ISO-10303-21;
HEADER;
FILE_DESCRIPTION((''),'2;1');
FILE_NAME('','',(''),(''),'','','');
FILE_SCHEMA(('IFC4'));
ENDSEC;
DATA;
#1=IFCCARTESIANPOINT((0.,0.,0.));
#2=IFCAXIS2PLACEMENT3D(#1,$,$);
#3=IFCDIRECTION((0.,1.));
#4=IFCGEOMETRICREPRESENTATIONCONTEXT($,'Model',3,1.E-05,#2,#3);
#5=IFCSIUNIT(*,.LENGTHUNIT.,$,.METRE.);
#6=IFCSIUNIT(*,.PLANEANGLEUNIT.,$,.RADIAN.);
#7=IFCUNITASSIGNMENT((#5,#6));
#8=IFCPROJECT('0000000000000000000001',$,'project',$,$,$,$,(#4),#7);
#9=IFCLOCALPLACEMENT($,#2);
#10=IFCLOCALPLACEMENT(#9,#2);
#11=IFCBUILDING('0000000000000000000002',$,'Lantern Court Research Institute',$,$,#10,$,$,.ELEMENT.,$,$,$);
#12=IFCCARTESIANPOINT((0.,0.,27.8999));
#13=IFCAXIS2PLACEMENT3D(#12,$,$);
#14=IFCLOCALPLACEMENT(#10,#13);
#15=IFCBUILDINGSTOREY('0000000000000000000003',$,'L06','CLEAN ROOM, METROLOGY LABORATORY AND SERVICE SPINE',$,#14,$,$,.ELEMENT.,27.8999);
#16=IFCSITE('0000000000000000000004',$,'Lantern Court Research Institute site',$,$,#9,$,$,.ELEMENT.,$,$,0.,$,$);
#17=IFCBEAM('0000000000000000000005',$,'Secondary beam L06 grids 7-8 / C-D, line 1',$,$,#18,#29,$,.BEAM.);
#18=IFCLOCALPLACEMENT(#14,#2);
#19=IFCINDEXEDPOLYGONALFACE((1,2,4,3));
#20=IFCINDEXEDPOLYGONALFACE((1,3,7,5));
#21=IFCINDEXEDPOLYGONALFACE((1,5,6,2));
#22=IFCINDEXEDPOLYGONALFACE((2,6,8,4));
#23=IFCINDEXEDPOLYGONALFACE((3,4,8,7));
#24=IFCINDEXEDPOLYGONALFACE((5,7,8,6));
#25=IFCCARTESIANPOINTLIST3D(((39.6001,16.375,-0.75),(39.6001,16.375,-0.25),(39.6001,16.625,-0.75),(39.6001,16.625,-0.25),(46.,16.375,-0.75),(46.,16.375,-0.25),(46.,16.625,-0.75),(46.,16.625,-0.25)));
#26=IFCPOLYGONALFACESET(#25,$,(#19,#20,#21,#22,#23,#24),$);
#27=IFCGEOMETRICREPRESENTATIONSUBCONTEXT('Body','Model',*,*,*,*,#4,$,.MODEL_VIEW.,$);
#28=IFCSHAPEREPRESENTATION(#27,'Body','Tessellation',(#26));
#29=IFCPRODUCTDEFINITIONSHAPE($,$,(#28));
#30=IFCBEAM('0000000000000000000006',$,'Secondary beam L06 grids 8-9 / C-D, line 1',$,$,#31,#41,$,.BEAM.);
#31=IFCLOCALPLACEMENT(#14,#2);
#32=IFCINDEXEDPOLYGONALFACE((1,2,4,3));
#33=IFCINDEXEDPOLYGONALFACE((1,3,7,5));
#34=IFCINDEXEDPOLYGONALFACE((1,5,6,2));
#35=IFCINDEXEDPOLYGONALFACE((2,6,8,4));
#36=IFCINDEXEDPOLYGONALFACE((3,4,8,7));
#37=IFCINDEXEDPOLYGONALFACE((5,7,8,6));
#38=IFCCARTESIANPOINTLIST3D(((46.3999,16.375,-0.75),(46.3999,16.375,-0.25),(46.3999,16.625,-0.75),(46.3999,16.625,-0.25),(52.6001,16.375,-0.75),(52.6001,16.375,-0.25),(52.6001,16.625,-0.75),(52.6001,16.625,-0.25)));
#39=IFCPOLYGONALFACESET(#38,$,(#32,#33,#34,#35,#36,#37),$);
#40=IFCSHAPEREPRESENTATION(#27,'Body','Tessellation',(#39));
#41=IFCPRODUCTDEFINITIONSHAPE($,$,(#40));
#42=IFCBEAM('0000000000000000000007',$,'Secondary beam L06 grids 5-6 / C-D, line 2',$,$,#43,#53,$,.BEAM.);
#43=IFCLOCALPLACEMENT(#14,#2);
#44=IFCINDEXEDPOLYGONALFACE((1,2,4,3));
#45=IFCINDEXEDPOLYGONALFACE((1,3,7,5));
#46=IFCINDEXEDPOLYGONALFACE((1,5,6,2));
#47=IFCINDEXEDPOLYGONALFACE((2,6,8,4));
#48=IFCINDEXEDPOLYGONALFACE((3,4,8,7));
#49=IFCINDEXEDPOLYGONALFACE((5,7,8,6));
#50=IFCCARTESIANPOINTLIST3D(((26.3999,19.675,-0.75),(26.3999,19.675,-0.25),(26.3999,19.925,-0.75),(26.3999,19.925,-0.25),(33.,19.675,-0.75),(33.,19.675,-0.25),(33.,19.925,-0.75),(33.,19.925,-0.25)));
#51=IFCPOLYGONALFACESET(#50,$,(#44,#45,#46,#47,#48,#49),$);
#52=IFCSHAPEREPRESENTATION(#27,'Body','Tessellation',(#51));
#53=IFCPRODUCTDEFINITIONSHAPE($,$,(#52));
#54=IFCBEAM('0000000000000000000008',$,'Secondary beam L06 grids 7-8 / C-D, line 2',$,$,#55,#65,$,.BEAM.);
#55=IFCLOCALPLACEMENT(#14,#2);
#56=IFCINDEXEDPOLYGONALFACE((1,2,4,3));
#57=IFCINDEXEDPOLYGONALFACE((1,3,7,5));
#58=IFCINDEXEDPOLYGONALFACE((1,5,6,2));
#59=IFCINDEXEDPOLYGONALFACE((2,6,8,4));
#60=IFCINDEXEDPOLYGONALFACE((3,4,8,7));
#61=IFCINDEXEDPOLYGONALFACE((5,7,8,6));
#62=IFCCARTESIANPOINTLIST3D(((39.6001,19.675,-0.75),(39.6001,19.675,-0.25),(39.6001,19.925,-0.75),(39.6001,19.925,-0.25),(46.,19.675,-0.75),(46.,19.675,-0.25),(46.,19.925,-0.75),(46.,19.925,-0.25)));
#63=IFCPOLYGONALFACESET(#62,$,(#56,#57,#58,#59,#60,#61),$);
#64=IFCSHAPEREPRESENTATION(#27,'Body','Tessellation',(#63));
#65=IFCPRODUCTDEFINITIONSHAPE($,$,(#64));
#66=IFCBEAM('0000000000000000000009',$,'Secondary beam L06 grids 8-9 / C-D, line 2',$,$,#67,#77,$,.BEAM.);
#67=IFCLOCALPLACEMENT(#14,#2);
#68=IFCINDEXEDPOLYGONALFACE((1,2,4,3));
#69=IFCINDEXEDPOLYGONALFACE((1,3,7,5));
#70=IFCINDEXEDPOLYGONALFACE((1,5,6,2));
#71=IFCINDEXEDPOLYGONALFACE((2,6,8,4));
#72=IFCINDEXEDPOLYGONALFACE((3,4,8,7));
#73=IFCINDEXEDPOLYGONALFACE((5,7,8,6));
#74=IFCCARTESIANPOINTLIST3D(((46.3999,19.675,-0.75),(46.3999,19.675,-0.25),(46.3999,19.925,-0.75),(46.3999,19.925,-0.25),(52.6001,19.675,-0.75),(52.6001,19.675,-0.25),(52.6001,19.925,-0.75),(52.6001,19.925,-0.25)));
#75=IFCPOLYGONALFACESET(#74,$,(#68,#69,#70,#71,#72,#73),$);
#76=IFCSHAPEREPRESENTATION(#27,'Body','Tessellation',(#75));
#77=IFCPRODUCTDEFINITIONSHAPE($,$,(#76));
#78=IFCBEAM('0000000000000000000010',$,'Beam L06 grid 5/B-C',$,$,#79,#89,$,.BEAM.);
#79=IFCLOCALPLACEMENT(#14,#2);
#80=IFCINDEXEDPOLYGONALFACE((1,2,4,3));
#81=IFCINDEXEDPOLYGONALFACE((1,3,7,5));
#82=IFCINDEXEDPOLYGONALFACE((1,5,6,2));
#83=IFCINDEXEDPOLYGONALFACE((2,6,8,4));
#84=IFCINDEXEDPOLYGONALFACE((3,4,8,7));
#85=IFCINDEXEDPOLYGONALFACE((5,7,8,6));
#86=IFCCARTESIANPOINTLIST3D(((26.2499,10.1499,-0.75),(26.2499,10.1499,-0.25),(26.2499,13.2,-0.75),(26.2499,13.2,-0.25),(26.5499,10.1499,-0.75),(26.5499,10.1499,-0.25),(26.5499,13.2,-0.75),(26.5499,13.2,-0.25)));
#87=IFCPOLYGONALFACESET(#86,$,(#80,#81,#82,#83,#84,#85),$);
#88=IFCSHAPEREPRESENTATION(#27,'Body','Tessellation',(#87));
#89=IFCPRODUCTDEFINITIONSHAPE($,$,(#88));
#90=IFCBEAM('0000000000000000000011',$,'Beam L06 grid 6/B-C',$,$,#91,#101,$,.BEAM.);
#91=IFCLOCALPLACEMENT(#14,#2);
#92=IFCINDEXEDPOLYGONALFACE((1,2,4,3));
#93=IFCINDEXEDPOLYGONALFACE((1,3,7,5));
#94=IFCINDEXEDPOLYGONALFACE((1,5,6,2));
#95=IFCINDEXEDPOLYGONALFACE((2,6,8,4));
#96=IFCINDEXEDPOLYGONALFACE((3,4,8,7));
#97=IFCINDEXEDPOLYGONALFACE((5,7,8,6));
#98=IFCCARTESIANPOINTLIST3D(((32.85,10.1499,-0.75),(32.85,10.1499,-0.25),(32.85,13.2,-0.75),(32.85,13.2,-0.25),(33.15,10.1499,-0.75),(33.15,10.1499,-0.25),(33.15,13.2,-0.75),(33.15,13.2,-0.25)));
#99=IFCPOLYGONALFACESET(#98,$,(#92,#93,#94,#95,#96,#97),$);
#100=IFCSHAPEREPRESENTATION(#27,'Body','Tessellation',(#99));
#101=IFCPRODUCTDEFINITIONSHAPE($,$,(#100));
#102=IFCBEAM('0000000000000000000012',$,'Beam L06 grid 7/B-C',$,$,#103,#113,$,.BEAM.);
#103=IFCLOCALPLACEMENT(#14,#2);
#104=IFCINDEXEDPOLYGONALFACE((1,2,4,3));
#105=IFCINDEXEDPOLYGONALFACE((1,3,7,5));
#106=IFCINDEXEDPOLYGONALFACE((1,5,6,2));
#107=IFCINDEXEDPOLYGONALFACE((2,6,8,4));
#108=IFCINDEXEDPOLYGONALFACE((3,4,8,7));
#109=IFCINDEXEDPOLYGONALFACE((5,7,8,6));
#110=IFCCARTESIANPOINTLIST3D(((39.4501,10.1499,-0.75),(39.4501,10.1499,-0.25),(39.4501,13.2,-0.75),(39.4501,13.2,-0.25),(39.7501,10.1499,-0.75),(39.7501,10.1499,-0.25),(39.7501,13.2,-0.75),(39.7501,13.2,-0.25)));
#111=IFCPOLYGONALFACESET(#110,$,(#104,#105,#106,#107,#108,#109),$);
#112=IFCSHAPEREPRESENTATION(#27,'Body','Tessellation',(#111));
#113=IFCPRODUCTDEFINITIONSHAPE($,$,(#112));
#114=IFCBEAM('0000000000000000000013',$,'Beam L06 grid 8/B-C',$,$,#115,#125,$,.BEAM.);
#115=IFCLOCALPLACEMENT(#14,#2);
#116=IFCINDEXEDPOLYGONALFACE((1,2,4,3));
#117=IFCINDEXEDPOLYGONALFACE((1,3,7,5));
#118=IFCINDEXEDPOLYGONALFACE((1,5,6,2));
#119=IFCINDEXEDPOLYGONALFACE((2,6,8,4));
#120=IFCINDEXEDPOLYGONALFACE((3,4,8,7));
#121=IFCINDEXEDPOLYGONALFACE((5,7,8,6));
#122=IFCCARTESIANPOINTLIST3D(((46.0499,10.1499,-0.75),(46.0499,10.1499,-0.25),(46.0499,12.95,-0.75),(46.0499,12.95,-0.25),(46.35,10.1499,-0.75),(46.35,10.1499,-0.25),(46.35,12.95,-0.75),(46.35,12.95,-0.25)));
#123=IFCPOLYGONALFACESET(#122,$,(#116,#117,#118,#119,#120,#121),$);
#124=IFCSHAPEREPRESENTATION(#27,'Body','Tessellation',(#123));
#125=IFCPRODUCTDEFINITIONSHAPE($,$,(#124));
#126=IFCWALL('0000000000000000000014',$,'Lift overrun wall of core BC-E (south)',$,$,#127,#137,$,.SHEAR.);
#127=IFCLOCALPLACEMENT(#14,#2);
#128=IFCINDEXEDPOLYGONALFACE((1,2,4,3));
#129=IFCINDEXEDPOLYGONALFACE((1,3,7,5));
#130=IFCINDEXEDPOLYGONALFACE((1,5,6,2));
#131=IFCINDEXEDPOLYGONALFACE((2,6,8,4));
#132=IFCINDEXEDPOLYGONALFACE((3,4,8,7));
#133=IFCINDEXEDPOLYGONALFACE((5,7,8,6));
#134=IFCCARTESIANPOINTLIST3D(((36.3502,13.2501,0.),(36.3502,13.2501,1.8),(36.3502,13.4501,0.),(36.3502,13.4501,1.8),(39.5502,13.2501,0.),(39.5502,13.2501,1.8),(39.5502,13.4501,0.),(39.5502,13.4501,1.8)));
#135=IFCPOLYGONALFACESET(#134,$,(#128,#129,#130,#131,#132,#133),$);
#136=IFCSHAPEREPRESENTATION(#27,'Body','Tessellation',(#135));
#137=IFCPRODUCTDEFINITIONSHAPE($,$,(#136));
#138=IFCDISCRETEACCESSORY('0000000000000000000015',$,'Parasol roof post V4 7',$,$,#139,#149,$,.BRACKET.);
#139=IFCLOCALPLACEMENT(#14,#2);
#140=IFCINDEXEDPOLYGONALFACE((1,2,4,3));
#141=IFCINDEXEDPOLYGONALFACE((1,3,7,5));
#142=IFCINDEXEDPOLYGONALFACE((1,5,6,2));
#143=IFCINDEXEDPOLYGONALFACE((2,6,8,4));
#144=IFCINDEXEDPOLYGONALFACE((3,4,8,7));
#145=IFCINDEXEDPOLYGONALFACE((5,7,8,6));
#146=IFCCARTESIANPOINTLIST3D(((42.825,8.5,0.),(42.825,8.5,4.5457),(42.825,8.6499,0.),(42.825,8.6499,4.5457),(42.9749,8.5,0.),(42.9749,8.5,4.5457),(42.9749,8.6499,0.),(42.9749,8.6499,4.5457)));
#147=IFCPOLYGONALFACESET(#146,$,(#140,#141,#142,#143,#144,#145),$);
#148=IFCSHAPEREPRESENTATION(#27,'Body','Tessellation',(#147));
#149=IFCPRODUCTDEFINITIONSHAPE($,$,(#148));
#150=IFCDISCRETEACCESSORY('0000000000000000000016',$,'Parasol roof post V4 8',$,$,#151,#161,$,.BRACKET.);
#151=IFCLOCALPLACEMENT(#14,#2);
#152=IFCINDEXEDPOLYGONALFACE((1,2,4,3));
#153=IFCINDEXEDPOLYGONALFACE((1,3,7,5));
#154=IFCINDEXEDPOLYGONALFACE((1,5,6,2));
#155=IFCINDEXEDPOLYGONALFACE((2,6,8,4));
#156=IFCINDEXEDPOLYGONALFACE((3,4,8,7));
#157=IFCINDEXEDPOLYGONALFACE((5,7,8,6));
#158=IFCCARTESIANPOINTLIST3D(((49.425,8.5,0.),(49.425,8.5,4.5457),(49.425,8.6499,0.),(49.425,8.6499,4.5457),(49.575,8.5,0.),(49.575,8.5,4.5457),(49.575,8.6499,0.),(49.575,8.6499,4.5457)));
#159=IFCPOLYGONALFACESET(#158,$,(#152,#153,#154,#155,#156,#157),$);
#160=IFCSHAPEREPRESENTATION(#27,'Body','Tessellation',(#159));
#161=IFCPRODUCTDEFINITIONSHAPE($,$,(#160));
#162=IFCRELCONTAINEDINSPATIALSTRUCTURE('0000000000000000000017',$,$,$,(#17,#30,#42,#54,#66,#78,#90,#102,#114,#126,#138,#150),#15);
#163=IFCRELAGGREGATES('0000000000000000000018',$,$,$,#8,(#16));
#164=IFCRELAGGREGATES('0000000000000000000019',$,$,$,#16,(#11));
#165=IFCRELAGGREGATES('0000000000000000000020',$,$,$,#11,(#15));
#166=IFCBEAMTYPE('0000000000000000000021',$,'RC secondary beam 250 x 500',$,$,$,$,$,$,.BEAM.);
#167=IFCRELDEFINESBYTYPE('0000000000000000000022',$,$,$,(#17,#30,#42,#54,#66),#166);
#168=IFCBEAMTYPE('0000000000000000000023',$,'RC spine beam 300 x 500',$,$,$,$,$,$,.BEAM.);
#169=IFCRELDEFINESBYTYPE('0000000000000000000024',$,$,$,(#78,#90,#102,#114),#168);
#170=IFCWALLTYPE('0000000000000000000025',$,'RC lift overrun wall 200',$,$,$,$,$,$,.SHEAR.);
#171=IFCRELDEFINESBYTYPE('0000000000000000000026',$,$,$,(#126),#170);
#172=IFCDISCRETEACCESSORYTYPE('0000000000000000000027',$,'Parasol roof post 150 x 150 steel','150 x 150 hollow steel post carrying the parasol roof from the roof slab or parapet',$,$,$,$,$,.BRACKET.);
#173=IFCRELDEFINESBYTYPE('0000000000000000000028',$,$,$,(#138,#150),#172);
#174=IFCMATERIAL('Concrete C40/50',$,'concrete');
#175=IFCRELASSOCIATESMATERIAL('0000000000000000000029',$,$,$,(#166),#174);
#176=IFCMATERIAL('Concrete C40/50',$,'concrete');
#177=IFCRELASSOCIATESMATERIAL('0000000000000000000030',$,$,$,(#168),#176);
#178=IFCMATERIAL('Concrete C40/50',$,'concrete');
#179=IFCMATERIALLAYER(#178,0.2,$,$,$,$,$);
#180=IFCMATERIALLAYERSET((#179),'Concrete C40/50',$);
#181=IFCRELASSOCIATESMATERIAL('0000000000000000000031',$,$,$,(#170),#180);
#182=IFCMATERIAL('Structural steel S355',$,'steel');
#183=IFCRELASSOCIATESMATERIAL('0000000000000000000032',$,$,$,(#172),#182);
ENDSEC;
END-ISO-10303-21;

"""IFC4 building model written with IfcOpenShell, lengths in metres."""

from ifc_helpers import new_model, si_unit, direction, frame, frame_2d, origin, origin_2d, place, context, subcontext, project, spatial, rectangle, extrude, material, layer, layer_set, material_profile, profile_set, type_object, element, save


model = new_model("IFC4")

# Units and contexts
model_context = context("Model", 3, precision=1e-05, world=origin(), true_north=direction((0.0, 1.0)))
body_context = subcontext(model_context, "Body", "Model", "MODEL_VIEW")
ifc_project = project(units=[si_unit("LENGTHUNIT", "METRE"), si_unit("PLANEANGLEUNIT", "RADIAN")], contexts=[model_context])

# Site, building, storey
site_placement = place(None, origin())
site = spatial("IfcSite", under=ifc_project, at=site_placement, Name="Lantern Court Research Institute site", CompositionType="ELEMENT", RefElevation=0.0)
building_placement = place(site_placement, origin())
building = spatial("IfcBuilding", under=site, at=building_placement, Name="Lantern Court Research Institute", CompositionType="ELEMENT")
storey_placement = place(building_placement, frame((0.0, 0.0, 27.8999)))
storey = spatial("IfcBuildingStorey", under=building, at=storey_placement, Name="L06", Description="CLEAN ROOM, METROLOGY LABORATORY AND SERVICE SPINE", CompositionType="ELEMENT", Elevation=27.8999)

# Beams
ifc_material_1 = material(Name="Concrete C40/50", Category="concrete")
ifc_material_profile_1 = material_profile(ifc_material_1, rectangle(XDim=0.25, YDim=0.5, at=origin_2d()), Name="RC beam 250 x 500")
ifc_profile_set_1 = profile_set([ifc_material_profile_1], Name="Concrete C40/50")
beam_type_1 = type_object("IfcBeamType", Name="RC secondary beam 250 x 500", PredefinedType="BEAM", material=ifc_profile_set_1)
beam_1_placement = place(storey_placement, frame((39.6001, 16.5, -0.5), z_axis=(1.0, 0.0, 0.0), x_axis=(0.0, 1.0, 0.0)))
element("IfcBeam", 1, at=beam_1_placement, inside=storey, type_object=beam_type_1, Name="Secondary beam L06 grids 7-8 / C-D, line 1", PredefinedType="BEAM", context=body_context, shape_type="SweptSolid", body=[
    extrude(rectangle(XDim=0.25, YDim=0.5, at=origin_2d()), origin(), (0.0, 0.0, 1.0), 6.3999),
])
beam_2_placement = place(storey_placement, frame((46.3999, 16.5, -0.5), z_axis=(1.0, 0.0, 0.0), x_axis=(0.0, 1.0, 0.0)))
element("IfcBeam", 2, at=beam_2_placement, inside=storey, type_object=beam_type_1, Name="Secondary beam L06 grids 8-9 / C-D, line 1", PredefinedType="BEAM", context=body_context, shape_type="SweptSolid", body=[
    extrude(rectangle(XDim=0.25, YDim=0.5, at=origin_2d()), origin(), (0.0, 0.0, 1.0), 6.2002),
])
beam_3_placement = place(storey_placement, frame((26.3999, 19.8, -0.5), z_axis=(1.0, 0.0, 0.0), x_axis=(0.0, 1.0, 0.0)))
element("IfcBeam", 3, at=beam_3_placement, inside=storey, type_object=beam_type_1, Name="Secondary beam L06 grids 5-6 / C-D, line 2", PredefinedType="BEAM", context=body_context, shape_type="SweptSolid", body=[
    extrude(rectangle(XDim=0.25, YDim=0.5, at=origin_2d()), origin(), (0.0, 0.0, 1.0), 6.6001),
])
beam_4_placement = place(storey_placement, frame((39.6001, 19.8, -0.5), z_axis=(1.0, 0.0, 0.0), x_axis=(0.0, 1.0, 0.0)))
element("IfcBeam", 4, at=beam_4_placement, inside=storey, type_object=beam_type_1, Name="Secondary beam L06 grids 7-8 / C-D, line 2", PredefinedType="BEAM", context=body_context, shape_type="SweptSolid", body=[
    extrude(rectangle(XDim=0.25, YDim=0.5, at=origin_2d()), origin(), (0.0, 0.0, 1.0), 6.3999),
])
beam_5_placement = place(storey_placement, frame((46.3999, 19.8, -0.5), z_axis=(1.0, 0.0, 0.0), x_axis=(0.0, 1.0, 0.0)))
element("IfcBeam", 5, at=beam_5_placement, inside=storey, type_object=beam_type_1, Name="Secondary beam L06 grids 8-9 / C-D, line 2", PredefinedType="BEAM", context=body_context, shape_type="SweptSolid", body=[
    extrude(rectangle(XDim=0.25, YDim=0.5, at=origin_2d()), origin(), (0.0, 0.0, 1.0), 6.2002),
])
ifc_material_2 = material(Name="Concrete C40/50", Category="concrete")
ifc_material_profile_2 = material_profile(ifc_material_2, rectangle(XDim=0.3, YDim=0.5, at=origin_2d()), Name="RC beam 300 x 500")
ifc_profile_set_2 = profile_set([ifc_material_profile_2], Name="Concrete C40/50")
beam_type_2 = type_object("IfcBeamType", Name="RC spine beam 300 x 500", PredefinedType="BEAM", material=ifc_profile_set_2)
for number, where, z_axis, x_axis, name in (
    (6, (26.3999, 10.1499, -0.5), (0.0, 1.0, 0.0), (-1.0, 0.0, 0.0), "Beam L06 grid 5/B-C"),
    (7, (33.0, 10.1499, -0.5), (0.0, 1.0, 0.0), (-1.0, 0.0, 0.0), "Beam L06 grid 6/B-C"),
    (8, (39.6001, 10.1499, -0.5), (0.0, 1.0, 0.0), (-1.0, 0.0, 0.0), "Beam L06 grid 7/B-C"),
):
    element("IfcBeam", number, at=place(storey_placement, frame(where, z_axis=z_axis, x_axis=x_axis)), inside=storey, type_object=beam_type_2, Name=name, PredefinedType="BEAM", context=body_context, shape_type="SweptSolid", body=[
        extrude(rectangle(XDim=0.3, YDim=0.5, at=origin_2d()), origin(), (0.0, 0.0, 1.0), 3.05),
    ])
beam_6_placement = place(storey_placement, frame((46.2, 10.1499, -0.5), z_axis=(0.0, 1.0, 0.0), x_axis=(-1.0, 0.0, 0.0)))
element("IfcBeam", 9, at=beam_6_placement, inside=storey, type_object=beam_type_2, Name="Beam L06 grid 8/B-C", PredefinedType="BEAM", context=body_context, shape_type="SweptSolid", body=[
    extrude(rectangle(XDim=0.3, YDim=0.5, at=origin_2d()), origin(), (0.0, 0.0, 1.0), 2.8),
])

# Wall
ifc_material_3 = material(Name="Concrete C40/50", Category="concrete")
ifc_layer_1 = layer(ifc_material_3, 0.2)
ifc_layer_set_1 = layer_set([ifc_layer_1], Name="Concrete C40/50")
wall_type = type_object("IfcWallType", Name="RC lift overrun wall 200", PredefinedType="SHEAR", material=ifc_layer_set_1)
wall_placement = place(storey_placement, frame((36.3501, 13.3501, 0.0), z_axis=(0.0, 0.0, 1.0), x_axis=(1.0, 0.0, 0.0)))
element("IfcWall", 10, at=wall_placement, inside=storey, type_object=wall_type, Name="Lift overrun wall of core BC-E (south)", PredefinedType="SHEAR", context=body_context, shape_type="SweptSolid", body=[
    extrude(rectangle(XDim=3.2, YDim=0.2, at=frame_2d((1.6001, 0.0))), origin(), (0.0, 0.0, 1.0), 1.8),
])

# Discrete accessories
ifc_material_4 = material(Name="Structural steel S355", Category="steel")
discrete_accessory_type = type_object("IfcDiscreteAccessoryType", Name="Parasol roof post 150 x 150 steel", Description="150 x 150 hollow steel post carrying the parasol roof from the roof slab or parapet", PredefinedType="BRACKET", material=ifc_material_4)
for number, where, z_axis, x_axis, name in (
    (11, (42.8999, 8.575, 0.0), (0.0, 0.0, 1.0), (1.0, 0.0, 0.0), "Parasol roof post V4 7"),
    (12, (49.5, 8.575, 0.0), (0.0, 0.0, 1.0), (1.0, 0.0, 0.0), "Parasol roof post V4 8"),
):
    element("IfcDiscreteAccessory", number, at=place(storey_placement, frame(where, z_axis=z_axis, x_axis=x_axis)), inside=storey, type_object=discrete_accessory_type, Name=name, PredefinedType="BRACKET", context=body_context, shape_type="SweptSolid", body=[
        extrude(rectangle(XDim=0.1499, YDim=0.1499, at=origin_2d()), origin(), (0.0, 0.0, 1.0), 4.5457),
    ])

save(model, "model.ifc")
